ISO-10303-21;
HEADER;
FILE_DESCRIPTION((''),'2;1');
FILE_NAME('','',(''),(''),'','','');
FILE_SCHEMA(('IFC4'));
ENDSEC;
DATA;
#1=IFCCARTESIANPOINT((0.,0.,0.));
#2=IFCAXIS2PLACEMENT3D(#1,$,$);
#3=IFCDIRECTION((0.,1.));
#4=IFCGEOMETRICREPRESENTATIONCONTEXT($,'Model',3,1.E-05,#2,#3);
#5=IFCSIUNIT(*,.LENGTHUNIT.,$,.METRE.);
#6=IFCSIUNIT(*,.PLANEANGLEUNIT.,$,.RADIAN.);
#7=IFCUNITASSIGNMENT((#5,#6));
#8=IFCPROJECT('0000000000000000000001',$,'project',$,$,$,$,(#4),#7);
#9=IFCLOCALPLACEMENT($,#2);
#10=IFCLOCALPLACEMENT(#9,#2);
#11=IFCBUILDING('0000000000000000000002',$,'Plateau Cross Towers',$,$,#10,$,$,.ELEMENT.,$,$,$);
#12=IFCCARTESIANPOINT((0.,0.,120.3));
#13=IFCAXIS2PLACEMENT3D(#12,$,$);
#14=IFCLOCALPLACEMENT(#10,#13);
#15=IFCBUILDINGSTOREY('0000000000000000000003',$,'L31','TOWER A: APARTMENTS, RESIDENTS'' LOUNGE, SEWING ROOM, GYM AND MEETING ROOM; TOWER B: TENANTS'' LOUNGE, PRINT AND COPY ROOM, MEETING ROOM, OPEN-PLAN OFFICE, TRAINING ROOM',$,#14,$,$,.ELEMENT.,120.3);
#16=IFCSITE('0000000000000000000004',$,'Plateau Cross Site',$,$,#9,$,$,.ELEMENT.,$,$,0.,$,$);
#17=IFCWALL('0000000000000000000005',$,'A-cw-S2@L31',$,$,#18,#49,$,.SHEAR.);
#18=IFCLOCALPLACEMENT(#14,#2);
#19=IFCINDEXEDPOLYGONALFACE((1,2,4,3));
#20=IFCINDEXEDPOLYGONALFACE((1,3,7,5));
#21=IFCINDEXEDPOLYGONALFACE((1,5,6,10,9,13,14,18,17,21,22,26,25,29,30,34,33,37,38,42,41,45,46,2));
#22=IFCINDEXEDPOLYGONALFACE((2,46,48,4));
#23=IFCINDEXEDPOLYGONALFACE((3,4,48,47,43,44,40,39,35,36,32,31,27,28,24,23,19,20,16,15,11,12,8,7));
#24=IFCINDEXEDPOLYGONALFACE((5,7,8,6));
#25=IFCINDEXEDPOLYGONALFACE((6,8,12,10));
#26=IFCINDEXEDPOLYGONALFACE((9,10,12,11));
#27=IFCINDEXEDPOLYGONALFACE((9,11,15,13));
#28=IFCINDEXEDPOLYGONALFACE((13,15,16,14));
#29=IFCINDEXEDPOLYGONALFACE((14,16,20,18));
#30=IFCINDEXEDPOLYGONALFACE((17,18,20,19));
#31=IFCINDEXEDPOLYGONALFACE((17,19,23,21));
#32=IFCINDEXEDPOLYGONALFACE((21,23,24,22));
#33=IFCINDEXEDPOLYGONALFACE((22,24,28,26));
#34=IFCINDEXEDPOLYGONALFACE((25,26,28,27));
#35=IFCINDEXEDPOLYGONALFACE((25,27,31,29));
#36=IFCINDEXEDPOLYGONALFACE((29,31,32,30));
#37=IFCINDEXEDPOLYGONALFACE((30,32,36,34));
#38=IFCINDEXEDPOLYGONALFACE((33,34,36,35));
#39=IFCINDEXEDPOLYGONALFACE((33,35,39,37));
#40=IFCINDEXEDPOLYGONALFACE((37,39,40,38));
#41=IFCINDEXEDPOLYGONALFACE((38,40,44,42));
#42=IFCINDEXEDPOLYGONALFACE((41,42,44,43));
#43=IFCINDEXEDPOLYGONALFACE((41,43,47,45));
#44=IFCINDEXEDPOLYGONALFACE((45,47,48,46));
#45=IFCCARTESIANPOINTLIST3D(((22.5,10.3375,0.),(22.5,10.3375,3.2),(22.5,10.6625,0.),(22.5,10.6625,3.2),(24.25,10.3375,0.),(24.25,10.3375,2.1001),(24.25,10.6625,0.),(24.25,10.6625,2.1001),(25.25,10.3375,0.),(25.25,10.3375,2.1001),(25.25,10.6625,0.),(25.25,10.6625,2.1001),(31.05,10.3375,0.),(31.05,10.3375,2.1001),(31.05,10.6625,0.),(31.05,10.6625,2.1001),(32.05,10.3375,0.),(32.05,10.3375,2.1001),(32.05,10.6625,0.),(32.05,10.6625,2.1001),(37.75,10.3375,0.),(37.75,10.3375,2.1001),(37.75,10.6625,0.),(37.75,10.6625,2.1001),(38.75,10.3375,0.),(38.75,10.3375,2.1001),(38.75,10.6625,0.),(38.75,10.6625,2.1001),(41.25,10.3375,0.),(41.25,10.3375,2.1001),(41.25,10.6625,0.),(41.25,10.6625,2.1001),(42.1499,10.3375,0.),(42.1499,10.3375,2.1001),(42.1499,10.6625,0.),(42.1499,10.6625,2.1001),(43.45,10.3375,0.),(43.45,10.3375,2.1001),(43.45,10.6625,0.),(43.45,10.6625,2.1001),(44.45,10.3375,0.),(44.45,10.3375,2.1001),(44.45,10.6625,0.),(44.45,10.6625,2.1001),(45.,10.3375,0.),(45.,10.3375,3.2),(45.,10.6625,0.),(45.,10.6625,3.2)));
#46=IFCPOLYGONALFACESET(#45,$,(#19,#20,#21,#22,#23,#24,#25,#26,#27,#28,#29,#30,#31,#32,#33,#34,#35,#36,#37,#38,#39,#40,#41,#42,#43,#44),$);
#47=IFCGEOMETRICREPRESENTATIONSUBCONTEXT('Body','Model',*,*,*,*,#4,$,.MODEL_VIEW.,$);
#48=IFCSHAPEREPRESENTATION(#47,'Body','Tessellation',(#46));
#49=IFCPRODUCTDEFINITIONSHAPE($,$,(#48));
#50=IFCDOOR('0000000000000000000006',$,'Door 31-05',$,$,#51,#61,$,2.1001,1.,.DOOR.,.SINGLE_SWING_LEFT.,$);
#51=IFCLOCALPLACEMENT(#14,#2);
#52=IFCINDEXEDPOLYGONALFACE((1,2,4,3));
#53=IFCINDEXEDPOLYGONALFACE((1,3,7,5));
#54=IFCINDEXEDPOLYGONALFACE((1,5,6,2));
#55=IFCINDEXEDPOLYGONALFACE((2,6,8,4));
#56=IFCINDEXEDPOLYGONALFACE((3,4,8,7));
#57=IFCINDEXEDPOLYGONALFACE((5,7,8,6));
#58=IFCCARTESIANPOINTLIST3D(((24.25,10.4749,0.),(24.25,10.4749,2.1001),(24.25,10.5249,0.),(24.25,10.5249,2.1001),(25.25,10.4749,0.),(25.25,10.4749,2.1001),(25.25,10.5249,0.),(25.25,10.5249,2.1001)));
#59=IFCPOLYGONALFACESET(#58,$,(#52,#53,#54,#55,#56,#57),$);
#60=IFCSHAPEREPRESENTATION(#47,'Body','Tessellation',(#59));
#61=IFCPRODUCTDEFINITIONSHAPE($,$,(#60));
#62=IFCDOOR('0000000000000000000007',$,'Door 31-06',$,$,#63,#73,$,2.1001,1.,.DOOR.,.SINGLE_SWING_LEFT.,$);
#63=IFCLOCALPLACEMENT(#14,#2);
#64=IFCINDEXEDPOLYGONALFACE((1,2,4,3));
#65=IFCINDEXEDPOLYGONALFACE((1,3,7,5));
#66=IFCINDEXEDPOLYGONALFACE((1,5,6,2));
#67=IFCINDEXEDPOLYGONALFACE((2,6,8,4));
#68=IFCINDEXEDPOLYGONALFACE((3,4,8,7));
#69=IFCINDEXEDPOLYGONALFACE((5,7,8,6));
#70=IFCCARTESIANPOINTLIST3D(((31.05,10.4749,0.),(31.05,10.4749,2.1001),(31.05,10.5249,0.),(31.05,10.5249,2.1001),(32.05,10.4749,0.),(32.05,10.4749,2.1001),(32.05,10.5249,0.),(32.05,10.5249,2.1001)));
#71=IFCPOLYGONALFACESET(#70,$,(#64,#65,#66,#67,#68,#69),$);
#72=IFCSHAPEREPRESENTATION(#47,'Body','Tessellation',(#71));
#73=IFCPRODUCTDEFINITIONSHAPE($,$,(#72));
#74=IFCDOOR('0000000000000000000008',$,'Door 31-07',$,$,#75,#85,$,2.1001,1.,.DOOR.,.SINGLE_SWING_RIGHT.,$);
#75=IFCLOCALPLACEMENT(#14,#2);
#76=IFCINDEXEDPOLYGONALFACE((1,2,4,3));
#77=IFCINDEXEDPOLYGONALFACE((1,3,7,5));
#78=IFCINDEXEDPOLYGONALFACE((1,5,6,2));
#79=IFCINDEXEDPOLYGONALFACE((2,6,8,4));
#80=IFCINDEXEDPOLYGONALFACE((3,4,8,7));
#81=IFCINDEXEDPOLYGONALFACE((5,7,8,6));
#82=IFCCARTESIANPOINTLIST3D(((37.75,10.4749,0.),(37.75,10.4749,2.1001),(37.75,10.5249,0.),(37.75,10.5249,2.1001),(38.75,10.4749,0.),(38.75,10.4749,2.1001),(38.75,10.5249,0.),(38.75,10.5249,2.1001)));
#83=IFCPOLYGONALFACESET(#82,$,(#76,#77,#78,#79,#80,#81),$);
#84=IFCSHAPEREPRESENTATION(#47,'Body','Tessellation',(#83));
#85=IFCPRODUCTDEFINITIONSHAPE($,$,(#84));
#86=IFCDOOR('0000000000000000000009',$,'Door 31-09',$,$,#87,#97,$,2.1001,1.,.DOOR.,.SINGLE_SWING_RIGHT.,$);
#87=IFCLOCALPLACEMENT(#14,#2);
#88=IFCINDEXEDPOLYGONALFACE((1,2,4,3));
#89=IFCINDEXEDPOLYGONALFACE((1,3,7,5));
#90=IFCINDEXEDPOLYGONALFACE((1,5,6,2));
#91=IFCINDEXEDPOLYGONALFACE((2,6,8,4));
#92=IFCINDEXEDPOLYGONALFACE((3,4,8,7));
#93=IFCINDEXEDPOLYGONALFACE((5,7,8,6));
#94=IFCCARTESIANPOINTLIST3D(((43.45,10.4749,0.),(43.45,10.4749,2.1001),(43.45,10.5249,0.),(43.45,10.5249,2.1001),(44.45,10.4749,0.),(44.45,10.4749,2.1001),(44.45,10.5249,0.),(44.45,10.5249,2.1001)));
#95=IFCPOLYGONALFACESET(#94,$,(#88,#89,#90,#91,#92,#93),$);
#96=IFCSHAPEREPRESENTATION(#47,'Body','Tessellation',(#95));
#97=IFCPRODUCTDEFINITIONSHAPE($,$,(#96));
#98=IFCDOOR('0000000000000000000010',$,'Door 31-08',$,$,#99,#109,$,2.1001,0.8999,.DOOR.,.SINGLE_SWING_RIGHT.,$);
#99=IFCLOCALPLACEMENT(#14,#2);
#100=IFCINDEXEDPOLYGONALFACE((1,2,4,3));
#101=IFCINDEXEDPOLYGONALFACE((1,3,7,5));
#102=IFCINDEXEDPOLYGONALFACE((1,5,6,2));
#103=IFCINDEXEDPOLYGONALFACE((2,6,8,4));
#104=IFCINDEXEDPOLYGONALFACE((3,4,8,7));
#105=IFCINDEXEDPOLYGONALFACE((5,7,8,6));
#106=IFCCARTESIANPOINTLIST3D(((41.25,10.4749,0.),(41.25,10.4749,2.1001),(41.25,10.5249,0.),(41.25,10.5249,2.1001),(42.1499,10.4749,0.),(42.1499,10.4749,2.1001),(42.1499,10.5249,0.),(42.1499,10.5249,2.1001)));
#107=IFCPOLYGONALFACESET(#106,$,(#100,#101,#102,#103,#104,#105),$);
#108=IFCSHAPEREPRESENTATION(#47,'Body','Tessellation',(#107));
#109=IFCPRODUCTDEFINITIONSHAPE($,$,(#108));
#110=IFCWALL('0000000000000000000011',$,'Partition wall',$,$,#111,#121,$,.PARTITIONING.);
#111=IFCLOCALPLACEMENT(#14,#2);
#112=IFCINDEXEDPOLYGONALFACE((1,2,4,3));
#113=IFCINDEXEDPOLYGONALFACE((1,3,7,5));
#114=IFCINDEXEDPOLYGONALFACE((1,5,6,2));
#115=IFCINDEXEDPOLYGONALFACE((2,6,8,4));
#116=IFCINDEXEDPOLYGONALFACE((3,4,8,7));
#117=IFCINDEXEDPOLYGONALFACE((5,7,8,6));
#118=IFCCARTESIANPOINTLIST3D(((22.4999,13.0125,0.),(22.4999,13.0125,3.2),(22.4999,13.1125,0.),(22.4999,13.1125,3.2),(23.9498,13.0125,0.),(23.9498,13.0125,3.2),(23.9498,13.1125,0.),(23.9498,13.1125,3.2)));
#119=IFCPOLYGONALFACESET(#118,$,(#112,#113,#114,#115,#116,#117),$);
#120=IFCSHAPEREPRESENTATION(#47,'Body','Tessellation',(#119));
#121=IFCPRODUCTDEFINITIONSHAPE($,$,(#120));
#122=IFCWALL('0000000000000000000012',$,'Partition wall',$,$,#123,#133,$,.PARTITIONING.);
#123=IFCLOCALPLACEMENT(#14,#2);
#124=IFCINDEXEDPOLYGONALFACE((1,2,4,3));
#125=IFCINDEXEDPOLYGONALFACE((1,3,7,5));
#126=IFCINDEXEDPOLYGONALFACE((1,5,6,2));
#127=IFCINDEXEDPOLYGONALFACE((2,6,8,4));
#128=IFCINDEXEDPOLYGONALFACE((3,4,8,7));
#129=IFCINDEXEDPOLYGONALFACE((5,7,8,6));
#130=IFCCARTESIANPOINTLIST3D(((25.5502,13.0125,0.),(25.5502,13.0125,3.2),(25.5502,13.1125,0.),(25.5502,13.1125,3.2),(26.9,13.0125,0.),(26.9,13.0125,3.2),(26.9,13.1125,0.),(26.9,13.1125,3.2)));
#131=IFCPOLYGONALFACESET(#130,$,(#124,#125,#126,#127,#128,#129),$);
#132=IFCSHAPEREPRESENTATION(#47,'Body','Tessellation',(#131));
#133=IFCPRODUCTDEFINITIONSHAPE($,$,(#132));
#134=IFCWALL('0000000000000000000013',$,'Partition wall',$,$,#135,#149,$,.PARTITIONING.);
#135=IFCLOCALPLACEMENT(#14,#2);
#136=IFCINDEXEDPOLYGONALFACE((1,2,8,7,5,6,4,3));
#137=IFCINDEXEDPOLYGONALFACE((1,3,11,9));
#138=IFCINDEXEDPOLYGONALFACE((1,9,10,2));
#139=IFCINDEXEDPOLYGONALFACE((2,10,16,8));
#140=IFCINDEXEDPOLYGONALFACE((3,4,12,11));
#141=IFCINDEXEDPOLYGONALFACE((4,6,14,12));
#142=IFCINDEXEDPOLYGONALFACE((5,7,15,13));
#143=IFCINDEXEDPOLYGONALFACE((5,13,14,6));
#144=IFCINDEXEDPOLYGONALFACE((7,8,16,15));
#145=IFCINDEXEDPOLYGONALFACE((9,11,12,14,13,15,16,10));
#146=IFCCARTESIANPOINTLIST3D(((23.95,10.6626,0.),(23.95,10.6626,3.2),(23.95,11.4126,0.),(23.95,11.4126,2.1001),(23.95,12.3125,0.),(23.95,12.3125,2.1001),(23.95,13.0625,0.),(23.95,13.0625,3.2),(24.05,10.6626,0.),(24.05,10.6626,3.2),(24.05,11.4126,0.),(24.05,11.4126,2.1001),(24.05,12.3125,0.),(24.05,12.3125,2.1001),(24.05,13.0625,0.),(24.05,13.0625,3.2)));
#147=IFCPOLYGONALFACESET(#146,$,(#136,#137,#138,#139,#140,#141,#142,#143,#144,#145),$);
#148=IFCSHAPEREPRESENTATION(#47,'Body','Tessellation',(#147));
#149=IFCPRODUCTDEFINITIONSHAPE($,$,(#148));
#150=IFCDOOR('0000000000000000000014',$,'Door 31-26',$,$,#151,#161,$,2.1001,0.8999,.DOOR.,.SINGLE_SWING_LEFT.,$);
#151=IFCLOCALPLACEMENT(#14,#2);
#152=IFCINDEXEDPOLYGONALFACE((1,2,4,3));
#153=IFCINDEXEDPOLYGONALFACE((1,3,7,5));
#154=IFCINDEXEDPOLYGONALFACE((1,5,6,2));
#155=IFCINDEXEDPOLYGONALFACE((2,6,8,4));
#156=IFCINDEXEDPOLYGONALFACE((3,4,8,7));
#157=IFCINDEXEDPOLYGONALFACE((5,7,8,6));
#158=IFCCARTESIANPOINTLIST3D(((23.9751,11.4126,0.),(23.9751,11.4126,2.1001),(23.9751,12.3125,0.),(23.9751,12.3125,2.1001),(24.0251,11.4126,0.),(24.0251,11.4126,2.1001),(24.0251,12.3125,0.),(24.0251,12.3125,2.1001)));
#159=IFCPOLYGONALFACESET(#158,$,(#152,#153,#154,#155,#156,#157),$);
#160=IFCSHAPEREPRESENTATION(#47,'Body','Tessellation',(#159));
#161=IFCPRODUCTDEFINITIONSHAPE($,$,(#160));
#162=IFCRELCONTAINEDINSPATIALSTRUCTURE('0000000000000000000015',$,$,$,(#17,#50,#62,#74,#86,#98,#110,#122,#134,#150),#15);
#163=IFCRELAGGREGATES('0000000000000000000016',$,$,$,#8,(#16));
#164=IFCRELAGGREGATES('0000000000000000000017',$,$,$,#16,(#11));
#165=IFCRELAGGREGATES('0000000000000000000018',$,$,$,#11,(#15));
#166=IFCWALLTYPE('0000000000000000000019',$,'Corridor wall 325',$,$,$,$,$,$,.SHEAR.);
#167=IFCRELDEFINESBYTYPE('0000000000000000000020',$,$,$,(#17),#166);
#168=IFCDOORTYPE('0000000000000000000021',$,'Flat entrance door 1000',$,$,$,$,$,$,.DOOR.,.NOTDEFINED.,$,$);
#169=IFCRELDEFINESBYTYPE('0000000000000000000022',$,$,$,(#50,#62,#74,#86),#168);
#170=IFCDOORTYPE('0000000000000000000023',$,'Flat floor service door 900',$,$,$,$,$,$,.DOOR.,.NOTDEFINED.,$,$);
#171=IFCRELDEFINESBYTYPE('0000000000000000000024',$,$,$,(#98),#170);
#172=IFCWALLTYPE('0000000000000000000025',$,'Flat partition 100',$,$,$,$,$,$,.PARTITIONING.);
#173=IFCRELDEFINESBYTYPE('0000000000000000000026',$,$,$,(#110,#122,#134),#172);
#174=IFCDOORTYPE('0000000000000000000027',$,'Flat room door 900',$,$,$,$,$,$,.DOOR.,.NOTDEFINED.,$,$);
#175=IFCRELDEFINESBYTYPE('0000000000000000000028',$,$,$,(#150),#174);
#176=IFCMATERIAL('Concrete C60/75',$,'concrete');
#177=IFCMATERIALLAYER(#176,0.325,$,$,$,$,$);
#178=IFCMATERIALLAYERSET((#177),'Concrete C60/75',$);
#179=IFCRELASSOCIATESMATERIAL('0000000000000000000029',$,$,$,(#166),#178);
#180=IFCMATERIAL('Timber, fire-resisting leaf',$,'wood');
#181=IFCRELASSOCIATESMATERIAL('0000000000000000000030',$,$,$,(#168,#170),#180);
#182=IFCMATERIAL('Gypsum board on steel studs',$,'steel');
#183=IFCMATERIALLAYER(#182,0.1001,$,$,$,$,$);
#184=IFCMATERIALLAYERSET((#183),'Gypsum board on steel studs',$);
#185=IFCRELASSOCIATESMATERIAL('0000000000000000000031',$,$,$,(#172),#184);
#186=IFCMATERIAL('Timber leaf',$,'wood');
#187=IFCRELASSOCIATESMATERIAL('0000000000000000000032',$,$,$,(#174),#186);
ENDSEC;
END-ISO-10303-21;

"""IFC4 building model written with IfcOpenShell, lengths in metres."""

from ifc_helpers import new_model, si_unit, direction, frame, frame_2d, origin, place, context, subcontext, project, spatial, rectangle, extrude, material, layer, layer_set, type_object, element, fill, save


model = new_model("IFC4")

# Units and contexts
model_context = context("Model", 3, precision=1e-05, world=origin(), true_north=direction((0.0, 1.0)))
body_context = subcontext(model_context, "Body", "Model", "MODEL_VIEW")
ifc_project = project(units=[si_unit("LENGTHUNIT", "METRE"), si_unit("PLANEANGLEUNIT", "RADIAN")], contexts=[model_context])

# Site, building, storey
site_placement = place(None, origin())
site = spatial("IfcSite", under=ifc_project, at=site_placement, Name="Plateau Cross Site", CompositionType="ELEMENT", RefElevation=0.0)
building_placement = place(site_placement, origin())
building = spatial("IfcBuilding", under=site, at=building_placement, Name="Plateau Cross Towers", CompositionType="ELEMENT")
storey_placement = place(building_placement, frame((0.0, 0.0, 120.3)))
storey = spatial("IfcBuildingStorey", under=building, at=storey_placement, Name="L31", Description="TOWER A: APARTMENTS, RESIDENTS' LOUNGE, SEWING ROOM, GYM AND MEETING ROOM; TOWER B: TENANTS' LOUNGE, PRINT AND COPY ROOM, MEETING ROOM, OPEN-PLAN OFFICE, TRAINING ROOM", CompositionType="ELEMENT", Elevation=120.3)

# Wall, openings, doors
ifc_material_1 = material(Name="Concrete C60/75", Category="concrete")
ifc_layer_1 = layer(ifc_material_1, 0.325)
ifc_layer_set_1 = layer_set([ifc_layer_1], Name="Concrete C60/75")
wall_type_1 = type_object("IfcWallType", Name="Corridor wall 325", PredefinedType="SHEAR", material=ifc_layer_set_1)
wall_1_placement = place(storey_placement, frame((22.5, 10.5, 0.0), z_axis=(0.0, 0.0, 1.0), x_axis=(1.0, 0.0, 0.0)))
wall_1 = element("IfcWall", 1, at=wall_1_placement, inside=storey, type_object=wall_type_1, Name="A-cw-S2@L31", PredefinedType="SHEAR", context=body_context, shape_type="SweptSolid", body=[
    extrude(rectangle(XDim=22.5, YDim=0.325, at=frame_2d((11.25, 0.0))), origin(), (0.0, 0.0, 1.0), 3.2),
])
opening_1_placement = place(wall_1_placement, frame((1.75, 0.0, 0.0)))
opening_1 = element("IfcOpeningElement", 2, at=opening_1_placement, cuts=wall_1, PredefinedType="OPENING", context=body_context, shape_type="SweptSolid", body=[
    extrude(rectangle(XDim=1.0, YDim=2.1001, at=frame_2d((0.5, 1.05))), frame((0.0, 0.1724, 0.0), z_axis=(0.0, -1.0, 0.0), x_axis=(1.0, 0.0, 0.0)), (0.0, 0.0, 1.0), 0.345),
])
opening_2_placement = place(wall_1_placement, frame((8.55, 0.0, 0.0)))
opening_2 = element("IfcOpeningElement", 3, at=opening_2_placement, cuts=wall_1, PredefinedType="OPENING", context=body_context, shape_type="SweptSolid", body=[
    extrude(rectangle(XDim=1.0, YDim=2.1001, at=frame_2d((0.5, 1.05))), frame((0.0, 0.1724, 0.0), z_axis=(0.0, -1.0, 0.0), x_axis=(1.0, 0.0, 0.0)), (0.0, 0.0, 1.0), 0.345),
])
opening_3_placement = place(wall_1_placement, frame((15.25, 0.0, 0.0)))
opening_3 = element("IfcOpeningElement", 4, at=opening_3_placement, cuts=wall_1, PredefinedType="OPENING", context=body_context, shape_type="SweptSolid", body=[
    extrude(rectangle(XDim=1.0, YDim=2.1001, at=frame_2d((0.5, 1.05))), frame((0.0, 0.1724, 0.0), z_axis=(0.0, -1.0, 0.0), x_axis=(1.0, 0.0, 0.0)), (0.0, 0.0, 1.0), 0.345),
])
opening_4_placement = place(wall_1_placement, frame((18.75, 0.0, 0.0)))
opening_4 = element("IfcOpeningElement", 5, at=opening_4_placement, cuts=wall_1, PredefinedType="OPENING", context=body_context, shape_type="SweptSolid", body=[
    extrude(rectangle(XDim=0.8999, YDim=2.1001, at=frame_2d((0.45, 1.05))), frame((0.0, 0.1724, 0.0), z_axis=(0.0, -1.0, 0.0), x_axis=(1.0, 0.0, 0.0)), (0.0, 0.0, 1.0), 0.345),
])
opening_5_placement = place(wall_1_placement, frame((20.95, 0.0, 0.0)))
opening_5 = element("IfcOpeningElement", 6, at=opening_5_placement, cuts=wall_1, PredefinedType="OPENING", context=body_context, shape_type="SweptSolid", body=[
    extrude(rectangle(XDim=1.0, YDim=2.1001, at=frame_2d((0.5, 1.05))), frame((0.0, 0.1724, 0.0), z_axis=(0.0, -1.0, 0.0), x_axis=(1.0, 0.0, 0.0)), (0.0, 0.0, 1.0), 0.345),
])
ifc_material_2 = material(Name="Timber, fire-resisting leaf", Category="wood")
door_type_1 = type_object("IfcDoorType", Name="Flat entrance door 1000", OperationType="NOTDEFINED", PredefinedType="DOOR", material=ifc_material_2)
door_1_placement = place(opening_1_placement, origin())
door_1 = element("IfcDoor", 7, at=door_1_placement, inside=storey, type_object=door_type_1, Name="Door 31-05", OperationType="SINGLE_SWING_LEFT", OverallHeight=2.1001, OverallWidth=1.0, PredefinedType="DOOR", context=body_context, shape_type="SweptSolid", body=[
    extrude(rectangle(XDim=1.0, YDim=2.1001, at=frame_2d((0.5, 1.05))), frame((0.0, 0.0249, 0.0), z_axis=(0.0, -1.0, 0.0), x_axis=(1.0, 0.0, 0.0)), (0.0, 0.0, 1.0), 0.05),
])
fill(opening_1, door_1)
door_2_placement = place(opening_2_placement, origin())
door_2 = element("IfcDoor", 8, at=door_2_placement, inside=storey, type_object=door_type_1, Name="Door 31-06", OperationType="SINGLE_SWING_LEFT", OverallHeight=2.1001, OverallWidth=1.0, PredefinedType="DOOR", context=body_context, shape_type="SweptSolid", body=[
    extrude(rectangle(XDim=1.0, YDim=2.1001, at=frame_2d((0.5, 1.05))), frame((0.0, 0.0249, 0.0), z_axis=(0.0, -1.0, 0.0), x_axis=(1.0, 0.0, 0.0)), (0.0, 0.0, 1.0), 0.05),
])
fill(opening_2, door_2)
door_3_placement = place(opening_3_placement, origin())
door_3 = element("IfcDoor", 9, at=door_3_placement, inside=storey, type_object=door_type_1, Name="Door 31-07", OperationType="SINGLE_SWING_RIGHT", OverallHeight=2.1001, OverallWidth=1.0, PredefinedType="DOOR", context=body_context, shape_type="SweptSolid", body=[
    extrude(rectangle(XDim=1.0, YDim=2.1001, at=frame_2d((0.5, 1.05))), frame((0.0, 0.0249, 0.0), z_axis=(0.0, -1.0, 0.0), x_axis=(1.0, 0.0, 0.0)), (0.0, 0.0, 1.0), 0.05),
])
fill(opening_3, door_3)
door_4_placement = place(opening_5_placement, origin())
door_4 = element("IfcDoor", 10, at=door_4_placement, inside=storey, type_object=door_type_1, Name="Door 31-09", OperationType="SINGLE_SWING_RIGHT", OverallHeight=2.1001, OverallWidth=1.0, PredefinedType="DOOR", context=body_context, shape_type="SweptSolid", body=[
    extrude(rectangle(XDim=1.0, YDim=2.1001, at=frame_2d((0.5, 1.05))), frame((0.0, 0.0249, 0.0), z_axis=(0.0, -1.0, 0.0), x_axis=(1.0, 0.0, 0.0)), (0.0, 0.0, 1.0), 0.05),
])
fill(opening_5, door_4)
door_type_2 = type_object("IfcDoorType", Name="Flat floor service door 900", OperationType="NOTDEFINED", PredefinedType="DOOR", material=ifc_material_2)
door_5_placement = place(opening_4_placement, origin())
door_5 = element("IfcDoor", 11, at=door_5_placement, inside=storey, type_object=door_type_2, Name="Door 31-08", OperationType="SINGLE_SWING_RIGHT", OverallHeight=2.1001, OverallWidth=0.8999, PredefinedType="DOOR", context=body_context, shape_type="SweptSolid", body=[
    extrude(rectangle(XDim=0.8999, YDim=2.1001, at=frame_2d((0.45, 1.05))), frame((0.0, 0.0249, 0.0), z_axis=(0.0, -1.0, 0.0), x_axis=(1.0, 0.0, 0.0)), (0.0, 0.0, 1.0), 0.05),
])
fill(opening_4, door_5)

# Walls
ifc_material_3 = material(Name="Gypsum board on steel studs", Category="steel")
ifc_layer_2 = layer(ifc_material_3, 0.1001)
ifc_layer_set_2 = layer_set([ifc_layer_2], Name="Gypsum board on steel studs")
wall_type_2 = type_object("IfcWallType", Name="Flat partition 100", PredefinedType="PARTITIONING", material=ifc_layer_set_2)
wall_2_placement = place(storey_placement, frame((23.95, 13.0625, 0.0), z_axis=(0.0, 0.0, 1.0), x_axis=(-1.0, 0.0, 0.0)))
element("IfcWall", 12, at=wall_2_placement, inside=storey, type_object=wall_type_2, Name="Partition wall", PredefinedType="PARTITIONING", context=body_context, shape_type="SweptSolid", body=[
    extrude(rectangle(XDim=1.45, YDim=0.1001, at=frame_2d((0.7251, 0.0))), origin(), (0.0, 0.0, 1.0), 3.2),
])
wall_3_placement = place(storey_placement, frame((26.8999, 13.0625, 0.0), z_axis=(0.0, 0.0, 1.0), x_axis=(-1.0, 0.0, 0.0)))
element("IfcWall", 13, at=wall_3_placement, inside=storey, type_object=wall_type_2, Name="Partition wall", PredefinedType="PARTITIONING", context=body_context, shape_type="SweptSolid", body=[
    extrude(rectangle(XDim=1.3499, YDim=0.1001, at=frame_2d((0.6748, 0.0))), origin(), (0.0, 0.0, 1.0), 3.2),
])

# Wall, opening, door
wall_4_placement = place(storey_placement, frame((24.0, 10.6626, 0.0), z_axis=(0.0, 0.0, 1.0), x_axis=(0.0, 1.0, 0.0)))
wall_4 = element("IfcWall", 14, at=wall_4_placement, inside=storey, type_object=wall_type_2, Name="Partition wall", PredefinedType="PARTITIONING", context=body_context, shape_type="SweptSolid", body=[
    extrude(rectangle(XDim=2.3999, YDim=0.1001, at=frame_2d((1.2, 0.0))), origin(), (0.0, 0.0, 1.0), 3.2),
])
opening_6_placement = place(wall_4_placement, frame((0.75, 0.0, 0.0)))
opening_6 = element("IfcOpeningElement", 15, at=opening_6_placement, cuts=wall_4, PredefinedType="OPENING", context=body_context, shape_type="SweptSolid", body=[
    extrude(rectangle(XDim=0.8999, YDim=2.1001, at=frame_2d((0.45, 1.05))), frame((0.0, 0.0601, 0.0), z_axis=(0.0, -1.0, 0.0), x_axis=(1.0, 0.0, 0.0)), (0.0, 0.0, 1.0), 0.1201),
])
ifc_material_4 = material(Name="Timber leaf", Category="wood")
door_type_3 = type_object("IfcDoorType", Name="Flat room door 900", OperationType="NOTDEFINED", PredefinedType="DOOR", material=ifc_material_4)
door_6_placement = place(opening_6_placement, origin())
door_6 = element("IfcDoor", 16, at=door_6_placement, inside=storey, type_object=door_type_3, Name="Door 31-26", OperationType="SINGLE_SWING_LEFT", OverallHeight=2.1001, OverallWidth=0.8999, PredefinedType="DOOR", context=body_context, shape_type="SweptSolid", body=[
    extrude(rectangle(XDim=0.8999, YDim=2.1001, at=frame_2d((0.45, 1.05))), frame((0.0, 0.0249, 0.0), z_axis=(0.0, -1.0, 0.0), x_axis=(1.0, 0.0, 0.0)), (0.0, 0.0, 1.0), 0.05),
])
fill(opening_6, door_6)

save(model, "model.ifc")
